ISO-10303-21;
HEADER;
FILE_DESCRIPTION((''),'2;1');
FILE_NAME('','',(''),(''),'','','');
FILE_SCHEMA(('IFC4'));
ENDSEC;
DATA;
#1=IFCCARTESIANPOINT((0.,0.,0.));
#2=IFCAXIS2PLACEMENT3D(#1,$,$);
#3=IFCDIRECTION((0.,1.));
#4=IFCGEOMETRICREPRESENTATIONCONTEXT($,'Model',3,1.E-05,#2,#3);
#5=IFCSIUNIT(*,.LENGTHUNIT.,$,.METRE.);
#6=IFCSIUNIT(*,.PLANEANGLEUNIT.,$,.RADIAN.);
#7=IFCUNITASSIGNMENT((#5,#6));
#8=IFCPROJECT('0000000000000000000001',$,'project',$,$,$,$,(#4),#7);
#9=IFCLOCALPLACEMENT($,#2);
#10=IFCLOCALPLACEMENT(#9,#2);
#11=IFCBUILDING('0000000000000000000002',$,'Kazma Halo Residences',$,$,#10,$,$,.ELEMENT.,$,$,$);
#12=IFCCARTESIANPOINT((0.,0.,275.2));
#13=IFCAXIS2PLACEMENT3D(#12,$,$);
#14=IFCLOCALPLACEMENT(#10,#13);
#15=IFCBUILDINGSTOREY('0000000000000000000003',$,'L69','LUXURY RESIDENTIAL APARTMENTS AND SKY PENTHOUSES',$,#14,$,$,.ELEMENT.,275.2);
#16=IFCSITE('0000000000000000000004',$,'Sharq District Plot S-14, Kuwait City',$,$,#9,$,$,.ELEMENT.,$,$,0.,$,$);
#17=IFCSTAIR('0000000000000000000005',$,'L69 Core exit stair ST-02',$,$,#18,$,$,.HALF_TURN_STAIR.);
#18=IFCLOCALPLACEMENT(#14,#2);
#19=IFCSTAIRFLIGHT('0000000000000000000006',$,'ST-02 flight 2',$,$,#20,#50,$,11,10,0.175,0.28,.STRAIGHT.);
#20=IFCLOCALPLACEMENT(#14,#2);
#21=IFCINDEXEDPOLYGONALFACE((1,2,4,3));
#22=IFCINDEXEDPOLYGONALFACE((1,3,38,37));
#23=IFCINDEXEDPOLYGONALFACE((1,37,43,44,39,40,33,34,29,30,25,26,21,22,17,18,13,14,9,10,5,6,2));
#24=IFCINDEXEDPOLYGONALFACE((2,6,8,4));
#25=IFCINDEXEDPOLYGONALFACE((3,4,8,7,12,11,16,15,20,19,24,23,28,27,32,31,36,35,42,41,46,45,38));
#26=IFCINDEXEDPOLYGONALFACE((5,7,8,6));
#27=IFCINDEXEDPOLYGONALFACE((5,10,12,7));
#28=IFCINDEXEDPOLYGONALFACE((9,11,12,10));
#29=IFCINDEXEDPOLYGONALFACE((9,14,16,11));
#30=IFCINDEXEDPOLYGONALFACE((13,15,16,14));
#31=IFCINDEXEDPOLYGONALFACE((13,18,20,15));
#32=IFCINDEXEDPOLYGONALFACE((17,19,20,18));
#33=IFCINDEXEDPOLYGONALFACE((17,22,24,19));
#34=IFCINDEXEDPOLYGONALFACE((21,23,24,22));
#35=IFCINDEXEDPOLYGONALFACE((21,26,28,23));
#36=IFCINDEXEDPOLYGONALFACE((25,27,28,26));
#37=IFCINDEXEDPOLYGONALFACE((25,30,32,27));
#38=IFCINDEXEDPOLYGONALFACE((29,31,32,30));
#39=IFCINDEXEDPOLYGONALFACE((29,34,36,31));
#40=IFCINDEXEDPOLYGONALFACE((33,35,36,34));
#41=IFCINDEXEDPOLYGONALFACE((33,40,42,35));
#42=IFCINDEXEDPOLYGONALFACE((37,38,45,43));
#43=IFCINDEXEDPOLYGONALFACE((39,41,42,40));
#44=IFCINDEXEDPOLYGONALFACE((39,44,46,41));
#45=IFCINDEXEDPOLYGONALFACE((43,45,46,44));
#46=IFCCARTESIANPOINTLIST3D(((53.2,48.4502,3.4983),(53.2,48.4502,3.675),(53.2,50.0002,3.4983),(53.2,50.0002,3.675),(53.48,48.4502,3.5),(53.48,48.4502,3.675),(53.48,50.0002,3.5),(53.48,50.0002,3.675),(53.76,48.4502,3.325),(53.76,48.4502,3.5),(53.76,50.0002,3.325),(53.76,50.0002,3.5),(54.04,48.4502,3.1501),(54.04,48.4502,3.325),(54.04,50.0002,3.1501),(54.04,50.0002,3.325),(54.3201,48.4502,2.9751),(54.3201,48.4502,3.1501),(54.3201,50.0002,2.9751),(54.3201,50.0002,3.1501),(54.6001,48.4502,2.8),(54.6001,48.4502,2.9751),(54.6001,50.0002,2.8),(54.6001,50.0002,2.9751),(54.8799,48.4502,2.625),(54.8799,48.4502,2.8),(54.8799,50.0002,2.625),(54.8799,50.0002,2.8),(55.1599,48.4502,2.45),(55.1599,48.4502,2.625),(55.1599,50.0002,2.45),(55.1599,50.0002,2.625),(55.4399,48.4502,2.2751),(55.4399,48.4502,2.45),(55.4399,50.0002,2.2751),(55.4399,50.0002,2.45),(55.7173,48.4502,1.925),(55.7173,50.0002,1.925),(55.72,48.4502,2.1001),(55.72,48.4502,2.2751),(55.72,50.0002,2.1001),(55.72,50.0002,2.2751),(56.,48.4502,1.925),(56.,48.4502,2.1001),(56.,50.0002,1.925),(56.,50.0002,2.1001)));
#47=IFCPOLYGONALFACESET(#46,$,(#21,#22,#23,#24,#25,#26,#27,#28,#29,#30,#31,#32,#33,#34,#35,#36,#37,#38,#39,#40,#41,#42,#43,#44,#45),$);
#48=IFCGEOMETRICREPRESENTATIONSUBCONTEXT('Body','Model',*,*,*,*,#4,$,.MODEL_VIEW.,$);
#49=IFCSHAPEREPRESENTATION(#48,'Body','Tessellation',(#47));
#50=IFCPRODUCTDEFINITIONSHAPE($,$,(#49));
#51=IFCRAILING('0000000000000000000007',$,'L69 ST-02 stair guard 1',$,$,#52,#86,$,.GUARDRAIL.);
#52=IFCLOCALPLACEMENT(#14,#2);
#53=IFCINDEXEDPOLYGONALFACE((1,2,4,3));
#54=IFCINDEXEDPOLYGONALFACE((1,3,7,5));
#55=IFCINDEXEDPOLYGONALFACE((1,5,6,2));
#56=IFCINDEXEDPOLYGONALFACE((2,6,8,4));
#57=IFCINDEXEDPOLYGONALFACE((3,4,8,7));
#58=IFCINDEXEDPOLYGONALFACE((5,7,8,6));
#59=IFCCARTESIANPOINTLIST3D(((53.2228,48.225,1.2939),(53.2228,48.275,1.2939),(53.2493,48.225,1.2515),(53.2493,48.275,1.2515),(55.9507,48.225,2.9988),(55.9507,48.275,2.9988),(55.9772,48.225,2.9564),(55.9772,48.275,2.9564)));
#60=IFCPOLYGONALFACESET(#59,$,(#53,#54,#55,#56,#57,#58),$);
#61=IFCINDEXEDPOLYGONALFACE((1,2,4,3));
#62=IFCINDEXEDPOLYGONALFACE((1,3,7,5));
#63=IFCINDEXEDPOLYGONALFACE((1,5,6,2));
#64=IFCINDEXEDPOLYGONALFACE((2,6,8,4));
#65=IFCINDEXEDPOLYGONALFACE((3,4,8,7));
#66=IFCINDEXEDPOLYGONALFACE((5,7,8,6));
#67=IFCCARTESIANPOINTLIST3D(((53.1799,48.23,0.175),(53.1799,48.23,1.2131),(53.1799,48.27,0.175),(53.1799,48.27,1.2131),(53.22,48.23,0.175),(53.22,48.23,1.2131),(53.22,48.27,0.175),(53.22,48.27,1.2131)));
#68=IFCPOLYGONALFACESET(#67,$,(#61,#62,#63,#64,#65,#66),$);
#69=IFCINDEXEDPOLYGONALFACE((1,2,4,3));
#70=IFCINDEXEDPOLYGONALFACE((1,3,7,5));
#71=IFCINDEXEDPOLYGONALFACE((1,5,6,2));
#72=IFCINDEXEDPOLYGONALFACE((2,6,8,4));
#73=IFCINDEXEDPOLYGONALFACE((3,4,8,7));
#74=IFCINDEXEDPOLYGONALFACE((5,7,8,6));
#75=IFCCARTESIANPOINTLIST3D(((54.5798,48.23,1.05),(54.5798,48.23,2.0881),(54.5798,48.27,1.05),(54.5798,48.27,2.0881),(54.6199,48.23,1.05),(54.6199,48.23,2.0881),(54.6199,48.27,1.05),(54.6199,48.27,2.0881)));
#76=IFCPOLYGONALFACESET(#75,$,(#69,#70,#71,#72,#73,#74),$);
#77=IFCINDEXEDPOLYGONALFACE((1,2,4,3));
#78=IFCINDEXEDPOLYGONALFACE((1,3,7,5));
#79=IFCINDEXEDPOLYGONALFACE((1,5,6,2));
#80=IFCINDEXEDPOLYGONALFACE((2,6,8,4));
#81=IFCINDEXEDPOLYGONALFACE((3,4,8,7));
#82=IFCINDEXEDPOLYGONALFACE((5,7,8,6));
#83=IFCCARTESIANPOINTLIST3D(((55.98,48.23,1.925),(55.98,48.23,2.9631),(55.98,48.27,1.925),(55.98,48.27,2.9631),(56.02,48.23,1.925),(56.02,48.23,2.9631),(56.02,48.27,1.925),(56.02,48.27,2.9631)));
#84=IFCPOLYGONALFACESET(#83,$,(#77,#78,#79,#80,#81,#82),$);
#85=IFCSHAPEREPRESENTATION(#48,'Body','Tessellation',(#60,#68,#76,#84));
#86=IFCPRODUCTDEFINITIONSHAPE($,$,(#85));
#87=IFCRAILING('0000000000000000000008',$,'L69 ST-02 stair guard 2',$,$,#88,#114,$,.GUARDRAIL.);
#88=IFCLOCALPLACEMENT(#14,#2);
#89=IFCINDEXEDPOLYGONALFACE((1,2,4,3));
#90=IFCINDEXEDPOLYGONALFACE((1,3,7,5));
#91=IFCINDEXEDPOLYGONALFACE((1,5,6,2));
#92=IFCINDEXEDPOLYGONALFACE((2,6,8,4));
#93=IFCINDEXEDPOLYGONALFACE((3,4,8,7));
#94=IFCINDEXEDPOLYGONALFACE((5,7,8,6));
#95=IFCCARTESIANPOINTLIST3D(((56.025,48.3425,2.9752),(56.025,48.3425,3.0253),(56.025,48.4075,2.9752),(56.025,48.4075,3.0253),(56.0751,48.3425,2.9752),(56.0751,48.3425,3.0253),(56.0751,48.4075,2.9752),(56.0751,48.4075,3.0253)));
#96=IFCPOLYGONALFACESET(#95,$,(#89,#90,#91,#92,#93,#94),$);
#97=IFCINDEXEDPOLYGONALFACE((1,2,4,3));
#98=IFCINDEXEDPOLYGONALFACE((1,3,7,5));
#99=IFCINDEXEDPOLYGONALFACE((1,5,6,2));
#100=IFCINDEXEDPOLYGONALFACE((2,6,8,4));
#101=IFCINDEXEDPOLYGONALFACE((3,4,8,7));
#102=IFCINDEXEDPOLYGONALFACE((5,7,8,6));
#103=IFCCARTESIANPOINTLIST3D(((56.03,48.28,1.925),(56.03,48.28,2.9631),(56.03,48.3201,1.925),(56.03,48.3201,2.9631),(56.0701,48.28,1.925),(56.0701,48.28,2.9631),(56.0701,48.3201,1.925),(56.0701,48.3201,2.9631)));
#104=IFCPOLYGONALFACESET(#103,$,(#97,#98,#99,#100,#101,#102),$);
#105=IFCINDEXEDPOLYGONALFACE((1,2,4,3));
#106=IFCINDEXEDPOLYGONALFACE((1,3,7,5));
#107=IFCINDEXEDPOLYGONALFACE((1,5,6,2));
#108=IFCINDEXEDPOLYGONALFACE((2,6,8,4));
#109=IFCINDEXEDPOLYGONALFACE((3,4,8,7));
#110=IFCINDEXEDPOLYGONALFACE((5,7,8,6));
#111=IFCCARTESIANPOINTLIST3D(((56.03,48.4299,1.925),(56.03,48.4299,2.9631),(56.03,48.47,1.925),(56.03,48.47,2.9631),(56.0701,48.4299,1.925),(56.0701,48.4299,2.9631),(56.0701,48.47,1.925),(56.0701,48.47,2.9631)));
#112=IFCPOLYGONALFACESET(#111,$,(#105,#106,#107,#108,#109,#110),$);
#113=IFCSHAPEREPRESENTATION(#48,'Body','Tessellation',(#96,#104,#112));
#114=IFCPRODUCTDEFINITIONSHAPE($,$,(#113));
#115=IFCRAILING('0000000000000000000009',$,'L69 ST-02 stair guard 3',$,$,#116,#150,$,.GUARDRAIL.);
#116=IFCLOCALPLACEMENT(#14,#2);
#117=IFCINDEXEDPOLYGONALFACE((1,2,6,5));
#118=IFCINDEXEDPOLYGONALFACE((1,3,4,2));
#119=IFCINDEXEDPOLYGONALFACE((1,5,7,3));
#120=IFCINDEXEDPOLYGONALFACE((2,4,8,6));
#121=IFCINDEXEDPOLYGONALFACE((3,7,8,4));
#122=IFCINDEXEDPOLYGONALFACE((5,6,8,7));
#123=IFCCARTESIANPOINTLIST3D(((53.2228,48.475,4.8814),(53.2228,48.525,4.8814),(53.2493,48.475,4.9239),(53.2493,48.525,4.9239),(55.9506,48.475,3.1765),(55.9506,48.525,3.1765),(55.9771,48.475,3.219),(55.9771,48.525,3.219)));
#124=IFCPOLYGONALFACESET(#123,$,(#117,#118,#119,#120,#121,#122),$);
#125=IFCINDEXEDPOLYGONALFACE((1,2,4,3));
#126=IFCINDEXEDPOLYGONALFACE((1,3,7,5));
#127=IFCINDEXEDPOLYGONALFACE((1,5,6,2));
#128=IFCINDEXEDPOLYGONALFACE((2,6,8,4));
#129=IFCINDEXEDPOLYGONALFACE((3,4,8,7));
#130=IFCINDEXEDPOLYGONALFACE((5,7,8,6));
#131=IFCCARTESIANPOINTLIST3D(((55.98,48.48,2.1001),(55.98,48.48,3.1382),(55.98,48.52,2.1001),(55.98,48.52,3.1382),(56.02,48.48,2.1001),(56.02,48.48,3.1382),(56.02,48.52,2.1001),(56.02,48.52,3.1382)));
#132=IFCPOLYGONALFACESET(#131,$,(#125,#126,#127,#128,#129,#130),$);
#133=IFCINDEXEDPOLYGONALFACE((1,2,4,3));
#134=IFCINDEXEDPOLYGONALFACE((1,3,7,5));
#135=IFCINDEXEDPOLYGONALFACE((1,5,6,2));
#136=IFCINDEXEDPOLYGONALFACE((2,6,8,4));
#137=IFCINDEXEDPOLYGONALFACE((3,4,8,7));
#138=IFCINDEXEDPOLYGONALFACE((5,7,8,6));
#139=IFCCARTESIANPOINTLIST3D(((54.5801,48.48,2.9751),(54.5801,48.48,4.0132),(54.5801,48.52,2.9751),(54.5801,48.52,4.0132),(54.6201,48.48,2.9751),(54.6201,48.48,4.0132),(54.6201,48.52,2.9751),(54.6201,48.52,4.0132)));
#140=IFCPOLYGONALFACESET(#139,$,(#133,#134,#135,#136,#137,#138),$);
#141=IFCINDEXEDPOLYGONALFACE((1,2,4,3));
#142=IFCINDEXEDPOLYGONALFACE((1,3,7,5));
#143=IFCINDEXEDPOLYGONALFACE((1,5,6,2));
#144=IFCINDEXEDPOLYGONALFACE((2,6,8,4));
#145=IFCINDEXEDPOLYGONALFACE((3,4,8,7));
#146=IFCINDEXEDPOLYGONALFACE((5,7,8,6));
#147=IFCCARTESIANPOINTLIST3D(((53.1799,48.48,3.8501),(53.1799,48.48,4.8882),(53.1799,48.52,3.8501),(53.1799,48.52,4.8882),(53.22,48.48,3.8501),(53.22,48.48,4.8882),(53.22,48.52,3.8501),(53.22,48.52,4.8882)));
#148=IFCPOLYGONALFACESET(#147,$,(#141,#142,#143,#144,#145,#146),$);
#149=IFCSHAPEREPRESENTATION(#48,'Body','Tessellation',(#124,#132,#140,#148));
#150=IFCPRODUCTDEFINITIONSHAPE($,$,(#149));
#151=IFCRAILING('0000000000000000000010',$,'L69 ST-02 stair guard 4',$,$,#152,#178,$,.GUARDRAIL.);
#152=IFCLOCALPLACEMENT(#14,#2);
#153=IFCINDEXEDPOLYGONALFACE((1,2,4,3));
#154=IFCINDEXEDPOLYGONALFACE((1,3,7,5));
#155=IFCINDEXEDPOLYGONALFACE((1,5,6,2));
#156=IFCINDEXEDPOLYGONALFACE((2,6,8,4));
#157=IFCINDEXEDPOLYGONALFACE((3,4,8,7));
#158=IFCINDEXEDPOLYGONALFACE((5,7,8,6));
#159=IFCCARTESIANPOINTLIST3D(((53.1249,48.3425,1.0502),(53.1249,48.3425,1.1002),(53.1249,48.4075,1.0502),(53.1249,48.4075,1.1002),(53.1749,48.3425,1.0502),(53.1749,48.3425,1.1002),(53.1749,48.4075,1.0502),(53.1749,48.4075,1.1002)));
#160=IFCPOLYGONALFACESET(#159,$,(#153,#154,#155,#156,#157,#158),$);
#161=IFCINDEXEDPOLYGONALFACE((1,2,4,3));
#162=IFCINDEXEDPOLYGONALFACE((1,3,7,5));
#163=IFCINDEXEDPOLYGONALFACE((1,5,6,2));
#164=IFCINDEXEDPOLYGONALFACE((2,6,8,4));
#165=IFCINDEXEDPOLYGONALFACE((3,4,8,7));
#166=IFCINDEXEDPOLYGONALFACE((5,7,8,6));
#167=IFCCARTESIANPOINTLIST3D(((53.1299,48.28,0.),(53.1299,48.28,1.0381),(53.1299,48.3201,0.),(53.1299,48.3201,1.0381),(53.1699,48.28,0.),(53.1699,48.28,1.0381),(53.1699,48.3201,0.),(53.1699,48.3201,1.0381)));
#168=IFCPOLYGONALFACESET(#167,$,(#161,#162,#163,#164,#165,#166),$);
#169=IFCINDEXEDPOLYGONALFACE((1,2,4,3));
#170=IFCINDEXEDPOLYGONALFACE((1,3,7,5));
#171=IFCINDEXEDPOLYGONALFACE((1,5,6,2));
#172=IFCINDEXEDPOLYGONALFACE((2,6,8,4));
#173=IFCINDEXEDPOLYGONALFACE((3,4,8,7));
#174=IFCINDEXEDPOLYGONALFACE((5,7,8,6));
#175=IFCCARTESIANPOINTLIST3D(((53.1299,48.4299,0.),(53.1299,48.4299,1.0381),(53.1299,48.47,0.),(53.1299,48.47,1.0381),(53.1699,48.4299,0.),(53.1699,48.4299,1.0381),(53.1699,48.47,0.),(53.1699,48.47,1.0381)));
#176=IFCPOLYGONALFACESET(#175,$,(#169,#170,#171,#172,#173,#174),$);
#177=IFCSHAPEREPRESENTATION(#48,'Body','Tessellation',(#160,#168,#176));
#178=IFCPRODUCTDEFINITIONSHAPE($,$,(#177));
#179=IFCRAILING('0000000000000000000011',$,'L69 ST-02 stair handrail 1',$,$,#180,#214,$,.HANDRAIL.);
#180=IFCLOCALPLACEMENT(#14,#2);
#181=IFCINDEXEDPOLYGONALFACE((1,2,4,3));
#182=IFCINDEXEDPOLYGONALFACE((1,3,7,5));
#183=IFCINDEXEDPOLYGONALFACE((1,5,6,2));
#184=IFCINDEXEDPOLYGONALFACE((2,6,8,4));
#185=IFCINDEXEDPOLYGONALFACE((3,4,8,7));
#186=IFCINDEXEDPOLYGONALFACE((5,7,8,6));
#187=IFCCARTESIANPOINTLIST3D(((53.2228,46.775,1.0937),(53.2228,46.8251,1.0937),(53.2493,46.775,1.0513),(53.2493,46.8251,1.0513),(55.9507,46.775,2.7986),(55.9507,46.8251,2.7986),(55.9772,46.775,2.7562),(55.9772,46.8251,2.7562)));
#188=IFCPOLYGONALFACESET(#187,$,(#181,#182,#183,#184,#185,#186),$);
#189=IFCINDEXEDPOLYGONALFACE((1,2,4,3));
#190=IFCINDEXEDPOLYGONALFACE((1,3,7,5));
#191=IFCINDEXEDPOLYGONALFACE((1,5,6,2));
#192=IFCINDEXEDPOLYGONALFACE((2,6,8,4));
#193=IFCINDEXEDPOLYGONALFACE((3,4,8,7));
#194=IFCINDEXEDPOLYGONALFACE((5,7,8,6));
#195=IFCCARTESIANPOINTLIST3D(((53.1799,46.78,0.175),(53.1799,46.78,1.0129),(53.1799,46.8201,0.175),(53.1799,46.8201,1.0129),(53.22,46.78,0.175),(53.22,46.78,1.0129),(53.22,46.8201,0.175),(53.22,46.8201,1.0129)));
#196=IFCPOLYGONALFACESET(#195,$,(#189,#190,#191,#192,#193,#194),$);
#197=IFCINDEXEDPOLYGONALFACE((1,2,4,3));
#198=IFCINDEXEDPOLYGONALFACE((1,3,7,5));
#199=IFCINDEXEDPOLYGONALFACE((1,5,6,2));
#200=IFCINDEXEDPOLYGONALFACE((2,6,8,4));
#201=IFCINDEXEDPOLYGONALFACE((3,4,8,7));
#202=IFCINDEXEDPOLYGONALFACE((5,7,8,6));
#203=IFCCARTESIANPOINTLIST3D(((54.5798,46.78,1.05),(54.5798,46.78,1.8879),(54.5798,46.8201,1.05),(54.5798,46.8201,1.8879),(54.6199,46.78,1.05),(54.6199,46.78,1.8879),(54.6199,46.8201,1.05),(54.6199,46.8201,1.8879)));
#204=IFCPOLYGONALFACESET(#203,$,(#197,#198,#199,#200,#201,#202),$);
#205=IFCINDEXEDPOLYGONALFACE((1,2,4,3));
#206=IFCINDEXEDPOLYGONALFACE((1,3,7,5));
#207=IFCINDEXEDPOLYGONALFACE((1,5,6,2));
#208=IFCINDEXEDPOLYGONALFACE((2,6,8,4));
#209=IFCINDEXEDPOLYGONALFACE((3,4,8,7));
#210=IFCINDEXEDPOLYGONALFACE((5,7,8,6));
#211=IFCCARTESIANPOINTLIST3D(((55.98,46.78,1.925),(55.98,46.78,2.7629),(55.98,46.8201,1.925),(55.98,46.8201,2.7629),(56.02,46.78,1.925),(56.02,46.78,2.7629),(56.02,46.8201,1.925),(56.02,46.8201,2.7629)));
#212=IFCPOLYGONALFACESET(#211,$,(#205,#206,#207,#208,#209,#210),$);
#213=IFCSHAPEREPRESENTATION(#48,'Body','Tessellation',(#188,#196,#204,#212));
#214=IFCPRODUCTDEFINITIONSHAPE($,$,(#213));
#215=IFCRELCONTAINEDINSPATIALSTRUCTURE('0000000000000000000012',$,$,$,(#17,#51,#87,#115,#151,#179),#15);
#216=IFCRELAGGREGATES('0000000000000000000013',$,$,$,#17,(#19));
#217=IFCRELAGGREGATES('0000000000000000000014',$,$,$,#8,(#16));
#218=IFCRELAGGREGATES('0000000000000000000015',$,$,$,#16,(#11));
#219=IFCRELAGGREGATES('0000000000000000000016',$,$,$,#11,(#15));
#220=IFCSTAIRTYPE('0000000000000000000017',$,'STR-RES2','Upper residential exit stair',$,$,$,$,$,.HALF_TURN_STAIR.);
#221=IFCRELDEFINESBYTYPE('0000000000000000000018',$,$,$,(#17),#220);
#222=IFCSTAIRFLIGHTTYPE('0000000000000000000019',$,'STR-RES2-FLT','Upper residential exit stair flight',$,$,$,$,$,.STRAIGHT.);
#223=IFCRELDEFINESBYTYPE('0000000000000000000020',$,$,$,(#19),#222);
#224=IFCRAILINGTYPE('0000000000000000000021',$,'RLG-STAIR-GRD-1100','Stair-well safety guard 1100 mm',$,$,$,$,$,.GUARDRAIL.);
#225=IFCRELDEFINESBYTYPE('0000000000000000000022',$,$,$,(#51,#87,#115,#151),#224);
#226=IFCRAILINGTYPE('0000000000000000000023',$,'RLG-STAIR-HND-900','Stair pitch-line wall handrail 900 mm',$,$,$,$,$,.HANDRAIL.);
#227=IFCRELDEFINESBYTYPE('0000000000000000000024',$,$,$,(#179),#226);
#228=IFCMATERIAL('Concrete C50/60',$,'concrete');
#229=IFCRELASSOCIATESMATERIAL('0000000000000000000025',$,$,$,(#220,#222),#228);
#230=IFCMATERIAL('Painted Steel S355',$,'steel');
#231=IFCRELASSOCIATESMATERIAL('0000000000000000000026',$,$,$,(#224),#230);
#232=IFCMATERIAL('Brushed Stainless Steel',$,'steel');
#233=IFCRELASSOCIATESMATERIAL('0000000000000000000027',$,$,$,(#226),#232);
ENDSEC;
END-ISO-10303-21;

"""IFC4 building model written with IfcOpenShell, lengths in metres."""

from ifc_helpers import new_model, si_unit, direction, frame, origin, origin_2d, place, context, subcontext, project, spatial, polyline, rectangle, outline, extrude, material, type_object, element, aggregate, save


model = new_model("IFC4")

# Units and contexts
model_context = context("Model", 3, precision=1e-05, world=origin(), true_north=direction((0.0, 1.0)))
body_context = subcontext(model_context, "Body", "Model", "MODEL_VIEW")
ifc_project = project(units=[si_unit("LENGTHUNIT", "METRE"), si_unit("PLANEANGLEUNIT", "RADIAN")], contexts=[model_context])

# Site, building, storey
site_placement = place(None, origin())
site = spatial("IfcSite", under=ifc_project, at=site_placement, Name="Sharq District Plot S-14, Kuwait City", CompositionType="ELEMENT", RefElevation=0.0)
building_placement = place(site_placement, origin())
building = spatial("IfcBuilding", under=site, at=building_placement, Name="Kazma Halo Residences", CompositionType="ELEMENT")
storey_placement = place(building_placement, frame((0.0, 0.0, 275.2)))
storey = spatial("IfcBuildingStorey", under=building, at=storey_placement, Name="L69", Description="LUXURY RESIDENTIAL APARTMENTS AND SKY PENTHOUSES", CompositionType="ELEMENT", Elevation=275.2)

# Shared definitions
ifc_material_1 = material(Name="Concrete C50/60", Category="concrete")

# Stair, stair flight
stair_type = type_object("IfcStairType", Name="STR-RES2", Description="Upper residential exit stair", PredefinedType="HALF_TURN_STAIR", material=ifc_material_1)
stair_placement = place(storey_placement, origin())
stair = element("IfcStair", 1, at=stair_placement, inside=storey, type_object=stair_type, Name="L69 Core exit stair ST-02", PredefinedType="HALF_TURN_STAIR")
stair_flight_type = type_object("IfcStairFlightType", Name="STR-RES2-FLT", Description="Upper residential exit stair flight", PredefinedType="STRAIGHT", material=ifc_material_1)
stair_flight_1_placement = place(storey_placement, frame((56.0, 49.2251, 1.925), z_axis=(0.0, 0.0, 1.0), x_axis=(-1.0, 0.0, 0.0)))
stair_flight_1 = element("IfcStairFlight", 2, at=stair_flight_1_placement, type_object=stair_flight_type, Name="ST-02 flight 2", NumberOfRisers=11, NumberOfTreads=10, PredefinedType="STRAIGHT", RiserHeight=0.175, TreadLength=0.28, context=body_context, shape_type="SweptSolid", body=[
    extrude(outline(polyline([(0.0, 0.0), (0.0, 0.175), (0.28, 0.175), (0.28, 0.3501), (0.5601, 0.3501), (0.5601, 0.5249), (0.8401, 0.5249), (0.8401, 0.7), (1.1201, 0.7), (1.1201, 0.875), (1.3999, 0.875), (1.3999, 1.05), (1.6799, 1.05), (1.6799, 1.2251), (1.96, 1.2251), (1.96, 1.3999), (2.24, 1.3999), (2.24, 1.575), (2.52, 1.575), (2.52, 1.75), (2.8, 1.75), (2.8, 1.925), (2.8, 1.5732), (0.2827, 0.0), (0.0, 0.0)])), frame((0.0, 0.7749, 0.0), z_axis=(0.0, -1.0, 0.0), x_axis=(1.0, 0.0, 0.0)), (0.0, 0.0, 1.0), 1.55),
])
aggregate(stair, [stair_flight_1])

# Railings
ifc_material_2 = material(Name="Painted Steel S355", Category="steel")
railing_type_1 = type_object("IfcRailingType", Name="RLG-STAIR-GRD-1100", Description="Stair-well safety guard 1100 mm", PredefinedType="GUARDRAIL", material=ifc_material_2)
railing_1_placement = place(storey_placement, frame((53.2, 48.25, 0.175)))
element("IfcRailing", 3, at=railing_1_placement, inside=storey, type_object=railing_type_1, Name="L69 ST-02 stair guard 1", PredefinedType="GUARDRAIL", context=body_context, shape_type="SweptSolid", body=[
    extrude(rectangle(XDim=0.05, YDim=0.05, at=origin_2d()), frame((0.0361, 0.0, 1.0977), z_axis=(0.848002, 0.0, 0.529992), x_axis=(0.0, 1.0, 0.0)), (0.0, 0.0, 1.0), 3.2168),
    extrude(rectangle(XDim=0.04, YDim=0.04, at=origin_2d()), origin(), (0.0, 0.0, 1.0), 1.0381),
    extrude(rectangle(XDim=0.04, YDim=0.04, at=origin_2d()), frame((1.3999, 0.0, 0.875)), (0.0, 0.0, 1.0), 1.0381),
    extrude(rectangle(XDim=0.04, YDim=0.04, at=origin_2d()), frame((2.8, 0.0, 1.75)), (0.0, 0.0, 1.0), 1.0381),
])
railing_2_placement = place(storey_placement, frame((56.05, 48.3, 1.925)))
element("IfcRailing", 4, at=railing_2_placement, inside=storey, type_object=railing_type_1, Name="L69 ST-02 stair guard 2", PredefinedType="GUARDRAIL", context=body_context, shape_type="SweptSolid", body=[
    extrude(rectangle(XDim=0.05, YDim=0.05, at=origin_2d()), frame((0.0, 0.0425, 1.0752), z_axis=(0.0, 1.0, 0.0), x_axis=(-1.0, 0.0, 0.0)), (0.0, 0.0, 1.0), 0.0649),
    extrude(rectangle(XDim=0.04, YDim=0.04, at=origin_2d()), origin(), (0.0, 0.0, 1.0), 1.0381),
    extrude(rectangle(XDim=0.04, YDim=0.04, at=origin_2d()), frame((0.0, 0.1499, 0.0)), (0.0, 0.0, 1.0), 1.0381),
])
railing_3_placement = place(storey_placement, frame((56.0, 48.5, 2.1001)))
element("IfcRailing", 5, at=railing_3_placement, inside=storey, type_object=railing_type_1, Name="L69 ST-02 stair guard 3", PredefinedType="GUARDRAIL", context=body_context, shape_type="SweptSolid", body=[
    extrude(rectangle(XDim=0.05, YDim=0.05, at=origin_2d()), frame((-0.0361, 0.0, 1.0977), z_axis=(-0.848002, 0.0, 0.529992), x_axis=(0.0, -1.0, 0.0)), (0.0, 0.0, 1.0), 3.2168),
    extrude(rectangle(XDim=0.04, YDim=0.04, at=origin_2d()), origin(), (0.0, 0.0, 1.0), 1.0381),
    extrude(rectangle(XDim=0.04, YDim=0.04, at=origin_2d()), frame((-1.3999, 0.0, 0.875)), (0.0, 0.0, 1.0), 1.0381),
    extrude(rectangle(XDim=0.04, YDim=0.04, at=origin_2d()), frame((-2.8, 0.0, 1.75)), (0.0, 0.0, 1.0), 1.0381),
])
railing_4_placement = place(storey_placement, frame((53.1499, 48.3, 0.0)))
element("IfcRailing", 6, at=railing_4_placement, inside=storey, type_object=railing_type_1, Name="L69 ST-02 stair guard 4", PredefinedType="GUARDRAIL", context=body_context, shape_type="SweptSolid", body=[
    extrude(rectangle(XDim=0.05, YDim=0.05, at=origin_2d()), frame((0.0, 0.0425, 1.0752), z_axis=(0.0, 1.0, 0.0), x_axis=(-1.0, 0.0, 0.0)), (0.0, 0.0, 1.0), 0.0649),
    extrude(rectangle(XDim=0.04, YDim=0.04, at=origin_2d()), origin(), (0.0, 0.0, 1.0), 1.0381),
    extrude(rectangle(XDim=0.04, YDim=0.04, at=origin_2d()), frame((0.0, 0.1499, 0.0)), (0.0, 0.0, 1.0), 1.0381),
])
ifc_material_3 = material(Name="Brushed Stainless Steel", Category="steel")
railing_type_2 = type_object("IfcRailingType", Name="RLG-STAIR-HND-900", Description="Stair pitch-line wall handrail 900 mm", PredefinedType="HANDRAIL", material=ifc_material_3)
railing_5_placement = place(storey_placement, frame((53.2, 46.8, 0.175)))
element("IfcRailing", 7, at=railing_5_placement, inside=storey, type_object=railing_type_2, Name="L69 ST-02 stair handrail 1", PredefinedType="HANDRAIL", context=body_context, shape_type="SweptSolid", body=[
    extrude(rectangle(XDim=0.05, YDim=0.05, at=origin_2d()), frame((0.0361, 0.0, 0.8975), z_axis=(0.848002, 0.0, 0.529992), x_axis=(0.0, 1.0, 0.0)), (0.0, 0.0, 1.0), 3.2168),
    extrude(rectangle(XDim=0.04, YDim=0.04, at=origin_2d()), origin(), (0.0, 0.0, 1.0), 0.8379),
    extrude(rectangle(XDim=0.04, YDim=0.04, at=origin_2d()), frame((1.3999, 0.0, 0.875)), (0.0, 0.0, 1.0), 0.8379),
    extrude(rectangle(XDim=0.04, YDim=0.04, at=origin_2d()), frame((2.8, 0.0, 1.75)), (0.0, 0.0, 1.0), 0.8379),
])

save(model, "model.ifc")
